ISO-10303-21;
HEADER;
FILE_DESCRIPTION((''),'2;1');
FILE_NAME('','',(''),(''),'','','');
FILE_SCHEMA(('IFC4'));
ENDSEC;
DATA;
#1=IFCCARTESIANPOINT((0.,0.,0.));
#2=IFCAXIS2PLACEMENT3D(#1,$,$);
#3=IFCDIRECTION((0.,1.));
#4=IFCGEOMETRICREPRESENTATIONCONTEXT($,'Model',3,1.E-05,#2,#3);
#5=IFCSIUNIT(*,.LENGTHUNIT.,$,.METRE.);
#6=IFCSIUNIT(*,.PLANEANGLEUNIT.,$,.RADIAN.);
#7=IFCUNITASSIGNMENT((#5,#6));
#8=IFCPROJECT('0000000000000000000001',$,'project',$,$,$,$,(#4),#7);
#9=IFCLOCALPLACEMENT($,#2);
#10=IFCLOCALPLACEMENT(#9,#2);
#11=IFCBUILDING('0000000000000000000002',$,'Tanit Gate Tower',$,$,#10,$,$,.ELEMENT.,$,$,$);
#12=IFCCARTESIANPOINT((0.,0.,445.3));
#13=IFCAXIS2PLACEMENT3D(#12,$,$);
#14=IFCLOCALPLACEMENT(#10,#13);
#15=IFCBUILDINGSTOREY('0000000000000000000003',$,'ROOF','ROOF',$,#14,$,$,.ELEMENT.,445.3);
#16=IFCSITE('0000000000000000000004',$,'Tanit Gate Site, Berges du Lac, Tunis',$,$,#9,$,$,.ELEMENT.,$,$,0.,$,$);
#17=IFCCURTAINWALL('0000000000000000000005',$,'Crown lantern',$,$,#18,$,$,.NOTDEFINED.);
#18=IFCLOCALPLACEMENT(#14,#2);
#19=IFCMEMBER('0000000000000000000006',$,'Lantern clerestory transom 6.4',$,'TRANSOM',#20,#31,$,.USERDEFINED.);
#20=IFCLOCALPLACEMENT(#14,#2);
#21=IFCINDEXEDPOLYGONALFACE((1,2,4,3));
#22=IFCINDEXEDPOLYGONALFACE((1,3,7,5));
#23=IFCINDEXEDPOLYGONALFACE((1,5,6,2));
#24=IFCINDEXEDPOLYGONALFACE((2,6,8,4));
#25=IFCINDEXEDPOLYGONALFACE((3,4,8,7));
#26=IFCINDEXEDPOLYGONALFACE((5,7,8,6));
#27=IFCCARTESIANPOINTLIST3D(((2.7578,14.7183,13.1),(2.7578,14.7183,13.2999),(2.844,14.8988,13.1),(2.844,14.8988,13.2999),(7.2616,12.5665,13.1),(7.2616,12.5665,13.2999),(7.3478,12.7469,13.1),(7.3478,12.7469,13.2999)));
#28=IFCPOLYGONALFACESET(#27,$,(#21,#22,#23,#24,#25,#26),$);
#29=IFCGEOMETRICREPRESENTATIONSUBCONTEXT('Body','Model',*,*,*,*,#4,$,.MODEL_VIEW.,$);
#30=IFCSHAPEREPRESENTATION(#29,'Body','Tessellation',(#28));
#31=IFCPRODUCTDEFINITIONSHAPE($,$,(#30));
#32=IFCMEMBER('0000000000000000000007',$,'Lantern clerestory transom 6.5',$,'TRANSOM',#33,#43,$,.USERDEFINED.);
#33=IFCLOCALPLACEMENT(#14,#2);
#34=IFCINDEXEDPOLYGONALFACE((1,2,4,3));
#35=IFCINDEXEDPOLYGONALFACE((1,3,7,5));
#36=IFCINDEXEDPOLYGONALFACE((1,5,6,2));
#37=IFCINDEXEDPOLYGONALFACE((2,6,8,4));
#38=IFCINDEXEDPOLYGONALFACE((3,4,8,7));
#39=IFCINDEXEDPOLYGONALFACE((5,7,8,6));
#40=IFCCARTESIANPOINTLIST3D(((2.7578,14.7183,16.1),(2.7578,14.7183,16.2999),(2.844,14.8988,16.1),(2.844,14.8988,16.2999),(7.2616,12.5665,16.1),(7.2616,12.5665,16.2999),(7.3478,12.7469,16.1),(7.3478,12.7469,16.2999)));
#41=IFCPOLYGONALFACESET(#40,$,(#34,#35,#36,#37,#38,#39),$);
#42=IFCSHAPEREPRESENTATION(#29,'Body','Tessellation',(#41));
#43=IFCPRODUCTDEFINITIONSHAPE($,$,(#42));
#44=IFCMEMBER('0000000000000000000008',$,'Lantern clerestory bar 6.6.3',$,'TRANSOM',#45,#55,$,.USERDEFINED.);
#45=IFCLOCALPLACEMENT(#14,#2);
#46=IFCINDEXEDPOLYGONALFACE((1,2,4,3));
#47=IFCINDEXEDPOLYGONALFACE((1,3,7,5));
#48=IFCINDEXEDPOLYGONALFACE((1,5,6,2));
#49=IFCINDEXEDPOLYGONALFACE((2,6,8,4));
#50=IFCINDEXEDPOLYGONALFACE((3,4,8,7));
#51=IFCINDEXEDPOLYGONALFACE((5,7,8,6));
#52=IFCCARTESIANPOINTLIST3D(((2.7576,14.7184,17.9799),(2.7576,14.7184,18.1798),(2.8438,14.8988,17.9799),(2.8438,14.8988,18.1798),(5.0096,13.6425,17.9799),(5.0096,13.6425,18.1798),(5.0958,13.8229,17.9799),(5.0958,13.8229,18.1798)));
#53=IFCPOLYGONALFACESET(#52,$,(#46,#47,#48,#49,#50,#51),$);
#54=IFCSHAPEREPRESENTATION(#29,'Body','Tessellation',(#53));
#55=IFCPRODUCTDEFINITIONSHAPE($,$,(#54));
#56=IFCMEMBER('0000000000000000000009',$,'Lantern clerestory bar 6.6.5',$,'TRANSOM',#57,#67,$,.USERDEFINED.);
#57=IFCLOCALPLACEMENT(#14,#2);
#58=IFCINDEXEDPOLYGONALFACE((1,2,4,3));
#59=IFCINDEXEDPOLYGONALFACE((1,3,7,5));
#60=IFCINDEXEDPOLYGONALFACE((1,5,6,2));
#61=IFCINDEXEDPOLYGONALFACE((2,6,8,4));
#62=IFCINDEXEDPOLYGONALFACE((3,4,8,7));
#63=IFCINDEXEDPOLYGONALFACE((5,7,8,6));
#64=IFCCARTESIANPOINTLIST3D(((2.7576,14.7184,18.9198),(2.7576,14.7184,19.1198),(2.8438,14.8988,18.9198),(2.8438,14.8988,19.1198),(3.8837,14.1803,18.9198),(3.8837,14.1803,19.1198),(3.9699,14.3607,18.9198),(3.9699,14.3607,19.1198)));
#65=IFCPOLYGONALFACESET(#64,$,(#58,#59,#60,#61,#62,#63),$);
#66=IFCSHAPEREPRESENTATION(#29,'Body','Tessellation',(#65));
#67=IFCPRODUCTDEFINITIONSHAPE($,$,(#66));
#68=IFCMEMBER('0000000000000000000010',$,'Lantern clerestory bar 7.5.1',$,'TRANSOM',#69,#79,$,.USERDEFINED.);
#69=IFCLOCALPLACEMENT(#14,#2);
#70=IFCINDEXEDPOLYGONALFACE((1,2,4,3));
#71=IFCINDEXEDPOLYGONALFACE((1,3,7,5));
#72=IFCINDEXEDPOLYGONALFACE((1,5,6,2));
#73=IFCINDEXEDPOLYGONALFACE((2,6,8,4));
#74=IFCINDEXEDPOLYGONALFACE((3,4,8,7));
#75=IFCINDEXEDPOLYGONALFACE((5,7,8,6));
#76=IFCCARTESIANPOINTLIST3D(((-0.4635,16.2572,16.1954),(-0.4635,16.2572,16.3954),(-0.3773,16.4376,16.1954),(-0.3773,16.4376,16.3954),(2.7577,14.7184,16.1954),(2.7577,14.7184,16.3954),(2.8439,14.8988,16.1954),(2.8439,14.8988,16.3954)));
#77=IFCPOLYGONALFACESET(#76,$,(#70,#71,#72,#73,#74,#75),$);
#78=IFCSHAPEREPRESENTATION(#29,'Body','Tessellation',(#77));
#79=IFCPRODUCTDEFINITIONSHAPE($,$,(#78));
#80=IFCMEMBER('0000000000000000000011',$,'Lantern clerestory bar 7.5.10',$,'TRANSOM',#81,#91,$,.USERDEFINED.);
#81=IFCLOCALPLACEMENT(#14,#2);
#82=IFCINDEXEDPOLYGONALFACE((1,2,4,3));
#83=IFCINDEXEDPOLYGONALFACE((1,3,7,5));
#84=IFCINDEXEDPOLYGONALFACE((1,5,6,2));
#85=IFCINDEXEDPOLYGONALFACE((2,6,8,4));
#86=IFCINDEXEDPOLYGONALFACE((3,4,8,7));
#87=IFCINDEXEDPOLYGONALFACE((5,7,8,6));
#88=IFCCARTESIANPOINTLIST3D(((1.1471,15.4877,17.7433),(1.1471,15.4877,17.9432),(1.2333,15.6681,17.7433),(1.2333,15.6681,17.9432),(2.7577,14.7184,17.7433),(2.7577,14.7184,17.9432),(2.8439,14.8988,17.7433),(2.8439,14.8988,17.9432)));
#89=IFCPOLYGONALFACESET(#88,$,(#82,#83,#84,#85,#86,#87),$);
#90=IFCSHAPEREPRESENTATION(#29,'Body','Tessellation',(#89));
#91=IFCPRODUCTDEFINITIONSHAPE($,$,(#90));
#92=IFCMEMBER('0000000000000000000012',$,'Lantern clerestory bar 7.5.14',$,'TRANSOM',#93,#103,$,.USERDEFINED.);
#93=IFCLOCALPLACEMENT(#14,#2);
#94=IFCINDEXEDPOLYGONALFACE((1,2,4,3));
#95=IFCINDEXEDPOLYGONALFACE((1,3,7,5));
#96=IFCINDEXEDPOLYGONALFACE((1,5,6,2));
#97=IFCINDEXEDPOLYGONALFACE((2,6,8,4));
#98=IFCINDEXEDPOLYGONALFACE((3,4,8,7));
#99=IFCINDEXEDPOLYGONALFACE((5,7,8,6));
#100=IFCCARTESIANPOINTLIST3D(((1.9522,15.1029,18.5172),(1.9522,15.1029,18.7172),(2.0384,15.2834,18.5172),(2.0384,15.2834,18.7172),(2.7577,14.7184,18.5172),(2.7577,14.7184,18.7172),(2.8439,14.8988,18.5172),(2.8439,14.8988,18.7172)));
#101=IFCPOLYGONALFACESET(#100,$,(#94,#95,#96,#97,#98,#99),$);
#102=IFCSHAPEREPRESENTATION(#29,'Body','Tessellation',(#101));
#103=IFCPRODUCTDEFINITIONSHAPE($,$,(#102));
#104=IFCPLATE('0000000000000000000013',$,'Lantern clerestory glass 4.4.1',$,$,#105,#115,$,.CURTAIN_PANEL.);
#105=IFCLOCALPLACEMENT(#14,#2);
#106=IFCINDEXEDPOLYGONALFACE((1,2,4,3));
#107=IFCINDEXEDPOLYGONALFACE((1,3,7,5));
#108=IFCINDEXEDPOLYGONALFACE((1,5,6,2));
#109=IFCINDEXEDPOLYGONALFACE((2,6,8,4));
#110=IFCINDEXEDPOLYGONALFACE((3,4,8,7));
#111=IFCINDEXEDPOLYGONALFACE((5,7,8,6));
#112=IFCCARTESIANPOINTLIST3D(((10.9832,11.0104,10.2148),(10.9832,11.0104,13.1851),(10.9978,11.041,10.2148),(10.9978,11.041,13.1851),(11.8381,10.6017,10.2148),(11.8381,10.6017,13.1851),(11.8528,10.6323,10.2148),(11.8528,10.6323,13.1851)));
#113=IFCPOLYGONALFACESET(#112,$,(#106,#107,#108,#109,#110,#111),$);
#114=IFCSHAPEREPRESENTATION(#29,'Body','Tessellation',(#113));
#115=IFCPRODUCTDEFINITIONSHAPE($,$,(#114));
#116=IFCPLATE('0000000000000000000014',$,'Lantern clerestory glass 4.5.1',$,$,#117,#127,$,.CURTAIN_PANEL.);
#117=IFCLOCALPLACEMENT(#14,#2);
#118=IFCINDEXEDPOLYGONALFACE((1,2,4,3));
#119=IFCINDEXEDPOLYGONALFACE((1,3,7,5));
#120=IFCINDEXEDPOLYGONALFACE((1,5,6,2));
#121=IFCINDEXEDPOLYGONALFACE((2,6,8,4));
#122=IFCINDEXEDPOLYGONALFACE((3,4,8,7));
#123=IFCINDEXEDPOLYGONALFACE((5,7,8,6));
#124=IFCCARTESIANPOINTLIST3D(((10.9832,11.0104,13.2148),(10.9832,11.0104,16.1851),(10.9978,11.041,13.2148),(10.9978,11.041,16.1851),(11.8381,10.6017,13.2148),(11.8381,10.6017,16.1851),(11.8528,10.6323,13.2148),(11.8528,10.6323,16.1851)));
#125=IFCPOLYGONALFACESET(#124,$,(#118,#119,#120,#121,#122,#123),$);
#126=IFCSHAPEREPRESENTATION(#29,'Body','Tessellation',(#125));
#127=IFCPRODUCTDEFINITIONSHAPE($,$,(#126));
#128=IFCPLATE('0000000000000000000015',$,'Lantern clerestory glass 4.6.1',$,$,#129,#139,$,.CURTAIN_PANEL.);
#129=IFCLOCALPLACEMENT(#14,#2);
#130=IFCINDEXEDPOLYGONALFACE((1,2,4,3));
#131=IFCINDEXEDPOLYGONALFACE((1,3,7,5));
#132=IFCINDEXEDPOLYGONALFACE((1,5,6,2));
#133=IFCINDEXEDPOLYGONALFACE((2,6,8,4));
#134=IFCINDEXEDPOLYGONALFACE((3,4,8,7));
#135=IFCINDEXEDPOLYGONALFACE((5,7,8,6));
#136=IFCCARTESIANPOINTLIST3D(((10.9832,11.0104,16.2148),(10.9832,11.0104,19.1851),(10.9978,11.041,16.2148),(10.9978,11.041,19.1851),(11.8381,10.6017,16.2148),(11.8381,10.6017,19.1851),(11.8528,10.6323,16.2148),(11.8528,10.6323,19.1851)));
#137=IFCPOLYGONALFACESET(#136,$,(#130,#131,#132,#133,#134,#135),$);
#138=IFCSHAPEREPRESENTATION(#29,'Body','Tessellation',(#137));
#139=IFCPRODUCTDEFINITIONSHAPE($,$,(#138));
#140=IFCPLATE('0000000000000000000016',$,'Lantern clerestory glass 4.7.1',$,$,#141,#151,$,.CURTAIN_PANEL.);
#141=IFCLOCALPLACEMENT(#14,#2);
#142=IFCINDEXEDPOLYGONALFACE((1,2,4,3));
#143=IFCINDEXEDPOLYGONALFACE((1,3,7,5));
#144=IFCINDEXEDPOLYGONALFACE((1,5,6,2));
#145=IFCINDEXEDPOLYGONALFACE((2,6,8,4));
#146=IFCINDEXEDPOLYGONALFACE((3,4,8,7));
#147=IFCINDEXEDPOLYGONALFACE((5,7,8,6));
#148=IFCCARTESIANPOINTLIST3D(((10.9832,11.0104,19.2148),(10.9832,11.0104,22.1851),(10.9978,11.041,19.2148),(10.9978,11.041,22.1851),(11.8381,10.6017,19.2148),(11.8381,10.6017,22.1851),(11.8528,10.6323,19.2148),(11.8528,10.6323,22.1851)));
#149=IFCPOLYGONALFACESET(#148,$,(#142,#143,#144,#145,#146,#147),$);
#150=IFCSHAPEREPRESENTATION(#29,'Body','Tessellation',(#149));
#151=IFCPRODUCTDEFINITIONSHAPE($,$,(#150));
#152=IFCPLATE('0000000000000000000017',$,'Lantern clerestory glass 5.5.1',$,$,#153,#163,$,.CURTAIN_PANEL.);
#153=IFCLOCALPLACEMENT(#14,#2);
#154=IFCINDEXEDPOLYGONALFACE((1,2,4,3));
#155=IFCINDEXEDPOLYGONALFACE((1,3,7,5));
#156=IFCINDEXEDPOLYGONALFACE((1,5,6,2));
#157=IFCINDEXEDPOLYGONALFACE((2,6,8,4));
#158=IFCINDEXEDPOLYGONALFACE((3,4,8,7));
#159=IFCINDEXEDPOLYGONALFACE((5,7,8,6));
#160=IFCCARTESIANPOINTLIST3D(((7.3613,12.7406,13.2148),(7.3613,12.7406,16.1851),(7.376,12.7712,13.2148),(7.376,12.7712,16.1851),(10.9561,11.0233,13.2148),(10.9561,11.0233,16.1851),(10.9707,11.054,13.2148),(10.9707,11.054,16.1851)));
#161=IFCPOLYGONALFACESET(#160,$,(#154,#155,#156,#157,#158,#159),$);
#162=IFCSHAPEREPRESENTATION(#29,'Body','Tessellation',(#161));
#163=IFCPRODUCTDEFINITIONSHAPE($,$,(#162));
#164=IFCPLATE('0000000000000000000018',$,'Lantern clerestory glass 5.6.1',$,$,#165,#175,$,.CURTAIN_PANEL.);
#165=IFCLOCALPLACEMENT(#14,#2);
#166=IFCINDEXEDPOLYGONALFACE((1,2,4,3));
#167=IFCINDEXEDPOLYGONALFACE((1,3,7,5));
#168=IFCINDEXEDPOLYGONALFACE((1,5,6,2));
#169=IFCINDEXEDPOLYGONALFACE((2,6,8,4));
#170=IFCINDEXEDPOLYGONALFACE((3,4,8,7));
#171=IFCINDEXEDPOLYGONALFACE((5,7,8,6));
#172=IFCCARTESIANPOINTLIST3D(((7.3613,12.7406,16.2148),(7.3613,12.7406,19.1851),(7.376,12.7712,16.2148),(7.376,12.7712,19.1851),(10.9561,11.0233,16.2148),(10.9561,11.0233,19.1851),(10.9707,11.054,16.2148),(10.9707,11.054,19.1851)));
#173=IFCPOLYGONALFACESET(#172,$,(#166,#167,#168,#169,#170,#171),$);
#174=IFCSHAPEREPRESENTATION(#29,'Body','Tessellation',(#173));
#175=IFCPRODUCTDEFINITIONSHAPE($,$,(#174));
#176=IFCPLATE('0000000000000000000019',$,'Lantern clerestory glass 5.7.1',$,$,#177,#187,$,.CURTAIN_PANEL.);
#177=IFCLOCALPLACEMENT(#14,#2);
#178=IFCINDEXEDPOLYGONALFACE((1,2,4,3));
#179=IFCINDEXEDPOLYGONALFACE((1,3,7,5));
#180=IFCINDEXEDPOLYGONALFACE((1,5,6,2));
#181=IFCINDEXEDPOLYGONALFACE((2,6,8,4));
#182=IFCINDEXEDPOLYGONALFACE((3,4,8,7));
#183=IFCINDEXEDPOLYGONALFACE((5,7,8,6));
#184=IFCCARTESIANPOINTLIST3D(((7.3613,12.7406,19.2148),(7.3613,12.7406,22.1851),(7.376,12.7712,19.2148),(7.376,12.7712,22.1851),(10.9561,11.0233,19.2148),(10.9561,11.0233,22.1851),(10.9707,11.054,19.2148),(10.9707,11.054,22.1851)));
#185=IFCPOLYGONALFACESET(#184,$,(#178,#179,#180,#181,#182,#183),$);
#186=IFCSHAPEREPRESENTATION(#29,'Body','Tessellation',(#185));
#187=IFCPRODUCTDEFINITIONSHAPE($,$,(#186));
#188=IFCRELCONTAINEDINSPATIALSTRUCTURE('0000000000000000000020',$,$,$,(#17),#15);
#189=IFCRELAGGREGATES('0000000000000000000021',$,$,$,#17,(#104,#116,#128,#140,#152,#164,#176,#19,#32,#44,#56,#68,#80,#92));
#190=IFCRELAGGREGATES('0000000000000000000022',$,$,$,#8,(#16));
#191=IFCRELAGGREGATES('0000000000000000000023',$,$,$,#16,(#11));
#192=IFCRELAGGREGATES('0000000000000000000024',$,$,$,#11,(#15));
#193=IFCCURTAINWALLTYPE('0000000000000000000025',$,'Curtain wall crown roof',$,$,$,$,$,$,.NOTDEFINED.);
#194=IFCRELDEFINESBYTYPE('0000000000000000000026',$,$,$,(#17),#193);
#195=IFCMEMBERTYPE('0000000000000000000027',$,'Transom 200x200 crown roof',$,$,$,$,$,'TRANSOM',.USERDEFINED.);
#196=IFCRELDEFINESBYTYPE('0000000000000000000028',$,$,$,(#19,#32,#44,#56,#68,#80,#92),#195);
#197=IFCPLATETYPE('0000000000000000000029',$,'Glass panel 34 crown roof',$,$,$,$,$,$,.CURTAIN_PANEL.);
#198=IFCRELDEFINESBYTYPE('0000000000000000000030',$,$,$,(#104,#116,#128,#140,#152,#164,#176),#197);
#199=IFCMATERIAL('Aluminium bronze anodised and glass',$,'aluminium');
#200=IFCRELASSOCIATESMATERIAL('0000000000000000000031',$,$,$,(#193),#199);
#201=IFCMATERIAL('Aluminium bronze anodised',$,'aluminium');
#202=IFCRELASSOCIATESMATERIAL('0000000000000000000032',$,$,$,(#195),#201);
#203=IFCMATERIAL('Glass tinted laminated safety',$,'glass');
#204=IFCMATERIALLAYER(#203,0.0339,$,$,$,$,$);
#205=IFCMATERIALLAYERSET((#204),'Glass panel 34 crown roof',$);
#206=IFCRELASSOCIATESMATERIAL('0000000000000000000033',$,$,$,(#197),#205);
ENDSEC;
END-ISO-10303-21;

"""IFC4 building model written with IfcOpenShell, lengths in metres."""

from ifc_helpers import new_model, si_unit, direction, frame, origin, origin_2d, place, context, subcontext, project, spatial, polyline, rectangle, outline, extrude, material, layer, layer_set, material_profile, profile_set, type_object, element, aggregate, save


model = new_model("IFC4")

# Units and contexts
model_context = context("Model", 3, precision=1e-05, world=origin(), true_north=direction((0.0, 1.0)))
body_context = subcontext(model_context, "Body", "Model", "MODEL_VIEW")
ifc_project = project(units=[si_unit("LENGTHUNIT", "METRE"), si_unit("PLANEANGLEUNIT", "RADIAN")], contexts=[model_context])

# Site, building, storey
site_placement = place(None, origin())
site = spatial("IfcSite", under=ifc_project, at=site_placement, Name="Tanit Gate Site, Berges du Lac, Tunis", CompositionType="ELEMENT", RefElevation=0.0)
building_placement = place(site_placement, origin())
building = spatial("IfcBuilding", under=site, at=building_placement, Name="Tanit Gate Tower", CompositionType="ELEMENT")
storey_placement = place(building_placement, frame((0.0, 0.0, 445.3)))
storey = spatial("IfcBuildingStorey", under=building, at=storey_placement, Name="ROOF", Description="ROOF", CompositionType="ELEMENT", Elevation=445.3)

# Curtain wall, members, plates
ifc_material_1 = material(Name="Aluminium bronze anodised and glass", Category="aluminium")
curtain_wall_type = type_object("IfcCurtainWallType", Name="Curtain wall crown roof", PredefinedType="NOTDEFINED", material=ifc_material_1)
curtain_wall_placement = place(storey_placement, origin())
curtain_wall = element("IfcCurtainWall", 1, at=curtain_wall_placement, inside=storey, type_object=curtain_wall_type, Name="Crown lantern", PredefinedType="NOTDEFINED")
ifc_material_2 = material(Name="Aluminium bronze anodised", Category="aluminium")
ifc_material_profile_1 = material_profile(ifc_material_2, rectangle(XDim=0.2, YDim=0.2, at=origin_2d()), Name="200x200 bronze transom")
ifc_profile_set_1 = profile_set([ifc_material_profile_1], Name="Aluminium bronze anodised")
member_type_1 = type_object("IfcMemberType", Name="Transom 200x200 crown roof", ElementType="TRANSOM", PredefinedType="USERDEFINED", material=ifc_profile_set_1)
member_1_placement = place(storey_placement, frame((7.3047, 12.6567, 13.2), z_axis=(-0.902305, 0.431099, 0.0), x_axis=(-0.431099, -0.902305, 0.0)))
member_1 = element("IfcMember", 2, at=member_1_placement, type_object=member_type_1, Name="Lantern clerestory transom 6.4", ObjectType="TRANSOM", PredefinedType="USERDEFINED", context=body_context, shape_type="SweptSolid", body=[
    extrude(rectangle(XDim=0.2, YDim=0.2, at=origin_2d()), origin(), (0.0, 0.0, 1.0), 4.9915),
])
member_2_placement = place(storey_placement, frame((7.3047, 12.6567, 16.2), z_axis=(-0.902305, 0.431099, 0.0), x_axis=(-0.431099, -0.902305, 0.0)))
member_2 = element("IfcMember", 3, at=member_2_placement, type_object=member_type_1, Name="Lantern clerestory transom 6.5", ObjectType="TRANSOM", PredefinedType="USERDEFINED", context=body_context, shape_type="SweptSolid", body=[
    extrude(rectangle(XDim=0.2, YDim=0.2, at=origin_2d()), origin(), (0.0, 0.0, 1.0), 4.9915),
])
member_3_placement = place(storey_placement, frame((5.0527, 13.7327, 18.0798), z_axis=(-0.902305, 0.431099, 0.0), x_axis=(-0.431099, -0.902305, 0.0)))
member_3 = element("IfcMember", 4, at=member_3_placement, type_object=member_type_1, Name="Lantern clerestory bar 6.6.3", ObjectType="TRANSOM", PredefinedType="USERDEFINED", context=body_context, shape_type="SweptSolid", body=[
    extrude(rectangle(XDim=0.2, YDim=0.2, at=origin_2d()), origin(), (0.0, 0.0, 1.0), 2.4958),
])
member_4_placement = place(storey_placement, frame((3.9268, 14.2705, 19.0198), z_axis=(-0.902267, 0.431179, 0.0), x_axis=(-0.431179, -0.902267, 0.0)))
member_4 = element("IfcMember", 5, at=member_4_placement, type_object=member_type_1, Name="Lantern clerestory bar 6.6.5", ObjectType="TRANSOM", PredefinedType="USERDEFINED", context=body_context, shape_type="SweptSolid", body=[
    extrude(rectangle(XDim=0.2, YDim=0.2, at=origin_2d()), origin(), (0.0, 0.0, 1.0), 1.248),
])
member_5_placement = place(storey_placement, frame((2.8008, 14.8086, 16.2954), z_axis=(-0.902325, 0.431056, 0.0), x_axis=(-0.431056, -0.902325, 0.0)))
member_5 = element("IfcMember", 6, at=member_5_placement, type_object=member_type_1, Name="Lantern clerestory bar 7.5.1", ObjectType="TRANSOM", PredefinedType="USERDEFINED", context=body_context, shape_type="SweptSolid", body=[
    extrude(rectangle(XDim=0.2, YDim=0.2, at=origin_2d()), origin(), (0.0, 0.0, 1.0), 3.5698),
])
member_6_placement = place(storey_placement, frame((2.8008, 14.8086, 17.8433), z_axis=(-0.902352, 0.431, 0.0), x_axis=(-0.431, -0.902352, 0.0)))
member_6 = element("IfcMember", 7, at=member_6_placement, type_object=member_type_1, Name="Lantern clerestory bar 7.5.10", ObjectType="TRANSOM", PredefinedType="USERDEFINED", context=body_context, shape_type="SweptSolid", body=[
    extrude(rectangle(XDim=0.2, YDim=0.2, at=origin_2d()), origin(), (0.0, 0.0, 1.0), 1.7849),
])
member_7_placement = place(storey_placement, frame((2.8008, 14.8086, 18.6172), z_axis=(-0.90243, 0.430836, 0.0), x_axis=(-0.430836, -0.90243, 0.0)))
member_7 = element("IfcMember", 8, at=member_7_placement, type_object=member_type_1, Name="Lantern clerestory bar 7.5.14", ObjectType="TRANSOM", PredefinedType="USERDEFINED", context=body_context, shape_type="SweptSolid", body=[
    extrude(rectangle(XDim=0.2, YDim=0.2, at=origin_2d()), origin(), (0.0, 0.0, 1.0), 0.8926),
])
ifc_material_3 = material(Name="Glass tinted laminated safety", Category="glass")
ifc_layer = layer(ifc_material_3, 0.0339)
ifc_layer_set = layer_set([ifc_layer], Name="Glass panel 34 crown roof")
plate_type = type_object("IfcPlateType", Name="Glass panel 34 crown roof", PredefinedType="CURTAIN_PANEL", material=ifc_layer_set)
plate_1_placement = place(storey_placement, frame((11.8528, 10.6323, 10.2148), z_axis=(0.431273, 0.902221, 0.0), x_axis=(-0.902221, 0.431273, 0.0)))
plate_1 = element("IfcPlate", 9, at=plate_1_placement, type_object=plate_type, Name="Lantern clerestory glass 4.4.1", PredefinedType="CURTAIN_PANEL", context=body_context, shape_type="SweptSolid", body=[
    extrude(outline(polyline([(0.0, 0.0), (0.9476, 0.0), (0.9476, 2.9702), (0.0, 2.9702), (0.0, 0.0)])), origin(), (0.0, 0.0, -1.0), 0.0339),
])
plate_2_placement = place(storey_placement, frame((11.8528, 10.6323, 13.2148), z_axis=(0.431273, 0.902221, 0.0), x_axis=(-0.902221, 0.431273, 0.0)))
plate_2 = element("IfcPlate", 10, at=plate_2_placement, type_object=plate_type, Name="Lantern clerestory glass 4.5.1", PredefinedType="CURTAIN_PANEL", context=body_context, shape_type="SweptSolid", body=[
    extrude(outline(polyline([(0.0, 0.0), (0.9476, 0.0), (0.9476, 2.9702), (0.0, 2.9702), (0.0, 0.0)])), origin(), (0.0, 0.0, -1.0), 0.0339),
])
plate_3_placement = place(storey_placement, frame((11.8528, 10.6323, 16.2148), z_axis=(0.431273, 0.902221, 0.0), x_axis=(-0.902221, 0.431273, 0.0)))
plate_3 = element("IfcPlate", 11, at=plate_3_placement, type_object=plate_type, Name="Lantern clerestory glass 4.6.1", PredefinedType="CURTAIN_PANEL", context=body_context, shape_type="SweptSolid", body=[
    extrude(outline(polyline([(0.0, 0.0), (0.9476, 0.0), (0.9476, 2.9702), (0.0, 2.9702), (0.0, 0.0)])), origin(), (0.0, 0.0, -1.0), 0.0339),
])
plate_4_placement = place(storey_placement, frame((11.8528, 10.6323, 19.2148), z_axis=(0.431273, 0.902221, 0.0), x_axis=(-0.902221, 0.431273, 0.0)))
plate_4 = element("IfcPlate", 12, at=plate_4_placement, type_object=plate_type, Name="Lantern clerestory glass 4.7.1", PredefinedType="CURTAIN_PANEL", context=body_context, shape_type="SweptSolid", body=[
    extrude(outline(polyline([(0.0, 0.0), (0.9476, 0.0), (0.9476, 2.9702), (0.0, 2.9702), (0.0, 0.0)])), origin(), (0.0, 0.0, -1.0), 0.0339),
])
plate_5_placement = place(storey_placement, frame((10.9707, 11.054, 13.2148), z_axis=(0.431061, 0.902323, 0.0), x_axis=(-0.902323, 0.431061, 0.0)))
plate_5 = element("IfcPlate", 13, at=plate_5_placement, type_object=plate_type, Name="Lantern clerestory glass 5.5.1", PredefinedType="CURTAIN_PANEL", context=body_context, shape_type="SweptSolid", body=[
    extrude(outline(polyline([(0.0, 0.0), (3.9839, 0.0), (3.9839, 2.9702), (0.0, 2.9702), (0.0, 0.0)])), origin(), (0.0, 0.0, -1.0), 0.0339),
])
plate_6_placement = place(storey_placement, frame((10.9707, 11.054, 16.2148), z_axis=(0.431061, 0.902323, 0.0), x_axis=(-0.902323, 0.431061, 0.0)))
plate_6 = element("IfcPlate", 14, at=plate_6_placement, type_object=plate_type, Name="Lantern clerestory glass 5.6.1", PredefinedType="CURTAIN_PANEL", context=body_context, shape_type="SweptSolid", body=[
    extrude(outline(polyline([(0.0, 0.0), (3.9839, 0.0), (3.9839, 2.9702), (0.0, 2.9702), (0.0, 0.0)])), origin(), (0.0, 0.0, -1.0), 0.0339),
])
plate_7_placement = place(storey_placement, frame((10.9707, 11.054, 19.2148), z_axis=(0.431061, 0.902323, 0.0), x_axis=(-0.902323, 0.431061, 0.0)))
plate_7 = element("IfcPlate", 15, at=plate_7_placement, type_object=plate_type, Name="Lantern clerestory glass 5.7.1", PredefinedType="CURTAIN_PANEL", context=body_context, shape_type="SweptSolid", body=[
    extrude(outline(polyline([(0.0, 0.0), (3.9839, 0.0), (3.9839, 2.9702), (0.0, 2.9702), (0.0, 0.0)])), origin(), (0.0, 0.0, -1.0), 0.0339),
])
aggregate(curtain_wall, [plate_1, plate_2, plate_3, plate_4, plate_5, plate_6, plate_7, member_1, member_2, member_3, member_4, member_5, member_6, member_7])

save(model, "model.ifc")
